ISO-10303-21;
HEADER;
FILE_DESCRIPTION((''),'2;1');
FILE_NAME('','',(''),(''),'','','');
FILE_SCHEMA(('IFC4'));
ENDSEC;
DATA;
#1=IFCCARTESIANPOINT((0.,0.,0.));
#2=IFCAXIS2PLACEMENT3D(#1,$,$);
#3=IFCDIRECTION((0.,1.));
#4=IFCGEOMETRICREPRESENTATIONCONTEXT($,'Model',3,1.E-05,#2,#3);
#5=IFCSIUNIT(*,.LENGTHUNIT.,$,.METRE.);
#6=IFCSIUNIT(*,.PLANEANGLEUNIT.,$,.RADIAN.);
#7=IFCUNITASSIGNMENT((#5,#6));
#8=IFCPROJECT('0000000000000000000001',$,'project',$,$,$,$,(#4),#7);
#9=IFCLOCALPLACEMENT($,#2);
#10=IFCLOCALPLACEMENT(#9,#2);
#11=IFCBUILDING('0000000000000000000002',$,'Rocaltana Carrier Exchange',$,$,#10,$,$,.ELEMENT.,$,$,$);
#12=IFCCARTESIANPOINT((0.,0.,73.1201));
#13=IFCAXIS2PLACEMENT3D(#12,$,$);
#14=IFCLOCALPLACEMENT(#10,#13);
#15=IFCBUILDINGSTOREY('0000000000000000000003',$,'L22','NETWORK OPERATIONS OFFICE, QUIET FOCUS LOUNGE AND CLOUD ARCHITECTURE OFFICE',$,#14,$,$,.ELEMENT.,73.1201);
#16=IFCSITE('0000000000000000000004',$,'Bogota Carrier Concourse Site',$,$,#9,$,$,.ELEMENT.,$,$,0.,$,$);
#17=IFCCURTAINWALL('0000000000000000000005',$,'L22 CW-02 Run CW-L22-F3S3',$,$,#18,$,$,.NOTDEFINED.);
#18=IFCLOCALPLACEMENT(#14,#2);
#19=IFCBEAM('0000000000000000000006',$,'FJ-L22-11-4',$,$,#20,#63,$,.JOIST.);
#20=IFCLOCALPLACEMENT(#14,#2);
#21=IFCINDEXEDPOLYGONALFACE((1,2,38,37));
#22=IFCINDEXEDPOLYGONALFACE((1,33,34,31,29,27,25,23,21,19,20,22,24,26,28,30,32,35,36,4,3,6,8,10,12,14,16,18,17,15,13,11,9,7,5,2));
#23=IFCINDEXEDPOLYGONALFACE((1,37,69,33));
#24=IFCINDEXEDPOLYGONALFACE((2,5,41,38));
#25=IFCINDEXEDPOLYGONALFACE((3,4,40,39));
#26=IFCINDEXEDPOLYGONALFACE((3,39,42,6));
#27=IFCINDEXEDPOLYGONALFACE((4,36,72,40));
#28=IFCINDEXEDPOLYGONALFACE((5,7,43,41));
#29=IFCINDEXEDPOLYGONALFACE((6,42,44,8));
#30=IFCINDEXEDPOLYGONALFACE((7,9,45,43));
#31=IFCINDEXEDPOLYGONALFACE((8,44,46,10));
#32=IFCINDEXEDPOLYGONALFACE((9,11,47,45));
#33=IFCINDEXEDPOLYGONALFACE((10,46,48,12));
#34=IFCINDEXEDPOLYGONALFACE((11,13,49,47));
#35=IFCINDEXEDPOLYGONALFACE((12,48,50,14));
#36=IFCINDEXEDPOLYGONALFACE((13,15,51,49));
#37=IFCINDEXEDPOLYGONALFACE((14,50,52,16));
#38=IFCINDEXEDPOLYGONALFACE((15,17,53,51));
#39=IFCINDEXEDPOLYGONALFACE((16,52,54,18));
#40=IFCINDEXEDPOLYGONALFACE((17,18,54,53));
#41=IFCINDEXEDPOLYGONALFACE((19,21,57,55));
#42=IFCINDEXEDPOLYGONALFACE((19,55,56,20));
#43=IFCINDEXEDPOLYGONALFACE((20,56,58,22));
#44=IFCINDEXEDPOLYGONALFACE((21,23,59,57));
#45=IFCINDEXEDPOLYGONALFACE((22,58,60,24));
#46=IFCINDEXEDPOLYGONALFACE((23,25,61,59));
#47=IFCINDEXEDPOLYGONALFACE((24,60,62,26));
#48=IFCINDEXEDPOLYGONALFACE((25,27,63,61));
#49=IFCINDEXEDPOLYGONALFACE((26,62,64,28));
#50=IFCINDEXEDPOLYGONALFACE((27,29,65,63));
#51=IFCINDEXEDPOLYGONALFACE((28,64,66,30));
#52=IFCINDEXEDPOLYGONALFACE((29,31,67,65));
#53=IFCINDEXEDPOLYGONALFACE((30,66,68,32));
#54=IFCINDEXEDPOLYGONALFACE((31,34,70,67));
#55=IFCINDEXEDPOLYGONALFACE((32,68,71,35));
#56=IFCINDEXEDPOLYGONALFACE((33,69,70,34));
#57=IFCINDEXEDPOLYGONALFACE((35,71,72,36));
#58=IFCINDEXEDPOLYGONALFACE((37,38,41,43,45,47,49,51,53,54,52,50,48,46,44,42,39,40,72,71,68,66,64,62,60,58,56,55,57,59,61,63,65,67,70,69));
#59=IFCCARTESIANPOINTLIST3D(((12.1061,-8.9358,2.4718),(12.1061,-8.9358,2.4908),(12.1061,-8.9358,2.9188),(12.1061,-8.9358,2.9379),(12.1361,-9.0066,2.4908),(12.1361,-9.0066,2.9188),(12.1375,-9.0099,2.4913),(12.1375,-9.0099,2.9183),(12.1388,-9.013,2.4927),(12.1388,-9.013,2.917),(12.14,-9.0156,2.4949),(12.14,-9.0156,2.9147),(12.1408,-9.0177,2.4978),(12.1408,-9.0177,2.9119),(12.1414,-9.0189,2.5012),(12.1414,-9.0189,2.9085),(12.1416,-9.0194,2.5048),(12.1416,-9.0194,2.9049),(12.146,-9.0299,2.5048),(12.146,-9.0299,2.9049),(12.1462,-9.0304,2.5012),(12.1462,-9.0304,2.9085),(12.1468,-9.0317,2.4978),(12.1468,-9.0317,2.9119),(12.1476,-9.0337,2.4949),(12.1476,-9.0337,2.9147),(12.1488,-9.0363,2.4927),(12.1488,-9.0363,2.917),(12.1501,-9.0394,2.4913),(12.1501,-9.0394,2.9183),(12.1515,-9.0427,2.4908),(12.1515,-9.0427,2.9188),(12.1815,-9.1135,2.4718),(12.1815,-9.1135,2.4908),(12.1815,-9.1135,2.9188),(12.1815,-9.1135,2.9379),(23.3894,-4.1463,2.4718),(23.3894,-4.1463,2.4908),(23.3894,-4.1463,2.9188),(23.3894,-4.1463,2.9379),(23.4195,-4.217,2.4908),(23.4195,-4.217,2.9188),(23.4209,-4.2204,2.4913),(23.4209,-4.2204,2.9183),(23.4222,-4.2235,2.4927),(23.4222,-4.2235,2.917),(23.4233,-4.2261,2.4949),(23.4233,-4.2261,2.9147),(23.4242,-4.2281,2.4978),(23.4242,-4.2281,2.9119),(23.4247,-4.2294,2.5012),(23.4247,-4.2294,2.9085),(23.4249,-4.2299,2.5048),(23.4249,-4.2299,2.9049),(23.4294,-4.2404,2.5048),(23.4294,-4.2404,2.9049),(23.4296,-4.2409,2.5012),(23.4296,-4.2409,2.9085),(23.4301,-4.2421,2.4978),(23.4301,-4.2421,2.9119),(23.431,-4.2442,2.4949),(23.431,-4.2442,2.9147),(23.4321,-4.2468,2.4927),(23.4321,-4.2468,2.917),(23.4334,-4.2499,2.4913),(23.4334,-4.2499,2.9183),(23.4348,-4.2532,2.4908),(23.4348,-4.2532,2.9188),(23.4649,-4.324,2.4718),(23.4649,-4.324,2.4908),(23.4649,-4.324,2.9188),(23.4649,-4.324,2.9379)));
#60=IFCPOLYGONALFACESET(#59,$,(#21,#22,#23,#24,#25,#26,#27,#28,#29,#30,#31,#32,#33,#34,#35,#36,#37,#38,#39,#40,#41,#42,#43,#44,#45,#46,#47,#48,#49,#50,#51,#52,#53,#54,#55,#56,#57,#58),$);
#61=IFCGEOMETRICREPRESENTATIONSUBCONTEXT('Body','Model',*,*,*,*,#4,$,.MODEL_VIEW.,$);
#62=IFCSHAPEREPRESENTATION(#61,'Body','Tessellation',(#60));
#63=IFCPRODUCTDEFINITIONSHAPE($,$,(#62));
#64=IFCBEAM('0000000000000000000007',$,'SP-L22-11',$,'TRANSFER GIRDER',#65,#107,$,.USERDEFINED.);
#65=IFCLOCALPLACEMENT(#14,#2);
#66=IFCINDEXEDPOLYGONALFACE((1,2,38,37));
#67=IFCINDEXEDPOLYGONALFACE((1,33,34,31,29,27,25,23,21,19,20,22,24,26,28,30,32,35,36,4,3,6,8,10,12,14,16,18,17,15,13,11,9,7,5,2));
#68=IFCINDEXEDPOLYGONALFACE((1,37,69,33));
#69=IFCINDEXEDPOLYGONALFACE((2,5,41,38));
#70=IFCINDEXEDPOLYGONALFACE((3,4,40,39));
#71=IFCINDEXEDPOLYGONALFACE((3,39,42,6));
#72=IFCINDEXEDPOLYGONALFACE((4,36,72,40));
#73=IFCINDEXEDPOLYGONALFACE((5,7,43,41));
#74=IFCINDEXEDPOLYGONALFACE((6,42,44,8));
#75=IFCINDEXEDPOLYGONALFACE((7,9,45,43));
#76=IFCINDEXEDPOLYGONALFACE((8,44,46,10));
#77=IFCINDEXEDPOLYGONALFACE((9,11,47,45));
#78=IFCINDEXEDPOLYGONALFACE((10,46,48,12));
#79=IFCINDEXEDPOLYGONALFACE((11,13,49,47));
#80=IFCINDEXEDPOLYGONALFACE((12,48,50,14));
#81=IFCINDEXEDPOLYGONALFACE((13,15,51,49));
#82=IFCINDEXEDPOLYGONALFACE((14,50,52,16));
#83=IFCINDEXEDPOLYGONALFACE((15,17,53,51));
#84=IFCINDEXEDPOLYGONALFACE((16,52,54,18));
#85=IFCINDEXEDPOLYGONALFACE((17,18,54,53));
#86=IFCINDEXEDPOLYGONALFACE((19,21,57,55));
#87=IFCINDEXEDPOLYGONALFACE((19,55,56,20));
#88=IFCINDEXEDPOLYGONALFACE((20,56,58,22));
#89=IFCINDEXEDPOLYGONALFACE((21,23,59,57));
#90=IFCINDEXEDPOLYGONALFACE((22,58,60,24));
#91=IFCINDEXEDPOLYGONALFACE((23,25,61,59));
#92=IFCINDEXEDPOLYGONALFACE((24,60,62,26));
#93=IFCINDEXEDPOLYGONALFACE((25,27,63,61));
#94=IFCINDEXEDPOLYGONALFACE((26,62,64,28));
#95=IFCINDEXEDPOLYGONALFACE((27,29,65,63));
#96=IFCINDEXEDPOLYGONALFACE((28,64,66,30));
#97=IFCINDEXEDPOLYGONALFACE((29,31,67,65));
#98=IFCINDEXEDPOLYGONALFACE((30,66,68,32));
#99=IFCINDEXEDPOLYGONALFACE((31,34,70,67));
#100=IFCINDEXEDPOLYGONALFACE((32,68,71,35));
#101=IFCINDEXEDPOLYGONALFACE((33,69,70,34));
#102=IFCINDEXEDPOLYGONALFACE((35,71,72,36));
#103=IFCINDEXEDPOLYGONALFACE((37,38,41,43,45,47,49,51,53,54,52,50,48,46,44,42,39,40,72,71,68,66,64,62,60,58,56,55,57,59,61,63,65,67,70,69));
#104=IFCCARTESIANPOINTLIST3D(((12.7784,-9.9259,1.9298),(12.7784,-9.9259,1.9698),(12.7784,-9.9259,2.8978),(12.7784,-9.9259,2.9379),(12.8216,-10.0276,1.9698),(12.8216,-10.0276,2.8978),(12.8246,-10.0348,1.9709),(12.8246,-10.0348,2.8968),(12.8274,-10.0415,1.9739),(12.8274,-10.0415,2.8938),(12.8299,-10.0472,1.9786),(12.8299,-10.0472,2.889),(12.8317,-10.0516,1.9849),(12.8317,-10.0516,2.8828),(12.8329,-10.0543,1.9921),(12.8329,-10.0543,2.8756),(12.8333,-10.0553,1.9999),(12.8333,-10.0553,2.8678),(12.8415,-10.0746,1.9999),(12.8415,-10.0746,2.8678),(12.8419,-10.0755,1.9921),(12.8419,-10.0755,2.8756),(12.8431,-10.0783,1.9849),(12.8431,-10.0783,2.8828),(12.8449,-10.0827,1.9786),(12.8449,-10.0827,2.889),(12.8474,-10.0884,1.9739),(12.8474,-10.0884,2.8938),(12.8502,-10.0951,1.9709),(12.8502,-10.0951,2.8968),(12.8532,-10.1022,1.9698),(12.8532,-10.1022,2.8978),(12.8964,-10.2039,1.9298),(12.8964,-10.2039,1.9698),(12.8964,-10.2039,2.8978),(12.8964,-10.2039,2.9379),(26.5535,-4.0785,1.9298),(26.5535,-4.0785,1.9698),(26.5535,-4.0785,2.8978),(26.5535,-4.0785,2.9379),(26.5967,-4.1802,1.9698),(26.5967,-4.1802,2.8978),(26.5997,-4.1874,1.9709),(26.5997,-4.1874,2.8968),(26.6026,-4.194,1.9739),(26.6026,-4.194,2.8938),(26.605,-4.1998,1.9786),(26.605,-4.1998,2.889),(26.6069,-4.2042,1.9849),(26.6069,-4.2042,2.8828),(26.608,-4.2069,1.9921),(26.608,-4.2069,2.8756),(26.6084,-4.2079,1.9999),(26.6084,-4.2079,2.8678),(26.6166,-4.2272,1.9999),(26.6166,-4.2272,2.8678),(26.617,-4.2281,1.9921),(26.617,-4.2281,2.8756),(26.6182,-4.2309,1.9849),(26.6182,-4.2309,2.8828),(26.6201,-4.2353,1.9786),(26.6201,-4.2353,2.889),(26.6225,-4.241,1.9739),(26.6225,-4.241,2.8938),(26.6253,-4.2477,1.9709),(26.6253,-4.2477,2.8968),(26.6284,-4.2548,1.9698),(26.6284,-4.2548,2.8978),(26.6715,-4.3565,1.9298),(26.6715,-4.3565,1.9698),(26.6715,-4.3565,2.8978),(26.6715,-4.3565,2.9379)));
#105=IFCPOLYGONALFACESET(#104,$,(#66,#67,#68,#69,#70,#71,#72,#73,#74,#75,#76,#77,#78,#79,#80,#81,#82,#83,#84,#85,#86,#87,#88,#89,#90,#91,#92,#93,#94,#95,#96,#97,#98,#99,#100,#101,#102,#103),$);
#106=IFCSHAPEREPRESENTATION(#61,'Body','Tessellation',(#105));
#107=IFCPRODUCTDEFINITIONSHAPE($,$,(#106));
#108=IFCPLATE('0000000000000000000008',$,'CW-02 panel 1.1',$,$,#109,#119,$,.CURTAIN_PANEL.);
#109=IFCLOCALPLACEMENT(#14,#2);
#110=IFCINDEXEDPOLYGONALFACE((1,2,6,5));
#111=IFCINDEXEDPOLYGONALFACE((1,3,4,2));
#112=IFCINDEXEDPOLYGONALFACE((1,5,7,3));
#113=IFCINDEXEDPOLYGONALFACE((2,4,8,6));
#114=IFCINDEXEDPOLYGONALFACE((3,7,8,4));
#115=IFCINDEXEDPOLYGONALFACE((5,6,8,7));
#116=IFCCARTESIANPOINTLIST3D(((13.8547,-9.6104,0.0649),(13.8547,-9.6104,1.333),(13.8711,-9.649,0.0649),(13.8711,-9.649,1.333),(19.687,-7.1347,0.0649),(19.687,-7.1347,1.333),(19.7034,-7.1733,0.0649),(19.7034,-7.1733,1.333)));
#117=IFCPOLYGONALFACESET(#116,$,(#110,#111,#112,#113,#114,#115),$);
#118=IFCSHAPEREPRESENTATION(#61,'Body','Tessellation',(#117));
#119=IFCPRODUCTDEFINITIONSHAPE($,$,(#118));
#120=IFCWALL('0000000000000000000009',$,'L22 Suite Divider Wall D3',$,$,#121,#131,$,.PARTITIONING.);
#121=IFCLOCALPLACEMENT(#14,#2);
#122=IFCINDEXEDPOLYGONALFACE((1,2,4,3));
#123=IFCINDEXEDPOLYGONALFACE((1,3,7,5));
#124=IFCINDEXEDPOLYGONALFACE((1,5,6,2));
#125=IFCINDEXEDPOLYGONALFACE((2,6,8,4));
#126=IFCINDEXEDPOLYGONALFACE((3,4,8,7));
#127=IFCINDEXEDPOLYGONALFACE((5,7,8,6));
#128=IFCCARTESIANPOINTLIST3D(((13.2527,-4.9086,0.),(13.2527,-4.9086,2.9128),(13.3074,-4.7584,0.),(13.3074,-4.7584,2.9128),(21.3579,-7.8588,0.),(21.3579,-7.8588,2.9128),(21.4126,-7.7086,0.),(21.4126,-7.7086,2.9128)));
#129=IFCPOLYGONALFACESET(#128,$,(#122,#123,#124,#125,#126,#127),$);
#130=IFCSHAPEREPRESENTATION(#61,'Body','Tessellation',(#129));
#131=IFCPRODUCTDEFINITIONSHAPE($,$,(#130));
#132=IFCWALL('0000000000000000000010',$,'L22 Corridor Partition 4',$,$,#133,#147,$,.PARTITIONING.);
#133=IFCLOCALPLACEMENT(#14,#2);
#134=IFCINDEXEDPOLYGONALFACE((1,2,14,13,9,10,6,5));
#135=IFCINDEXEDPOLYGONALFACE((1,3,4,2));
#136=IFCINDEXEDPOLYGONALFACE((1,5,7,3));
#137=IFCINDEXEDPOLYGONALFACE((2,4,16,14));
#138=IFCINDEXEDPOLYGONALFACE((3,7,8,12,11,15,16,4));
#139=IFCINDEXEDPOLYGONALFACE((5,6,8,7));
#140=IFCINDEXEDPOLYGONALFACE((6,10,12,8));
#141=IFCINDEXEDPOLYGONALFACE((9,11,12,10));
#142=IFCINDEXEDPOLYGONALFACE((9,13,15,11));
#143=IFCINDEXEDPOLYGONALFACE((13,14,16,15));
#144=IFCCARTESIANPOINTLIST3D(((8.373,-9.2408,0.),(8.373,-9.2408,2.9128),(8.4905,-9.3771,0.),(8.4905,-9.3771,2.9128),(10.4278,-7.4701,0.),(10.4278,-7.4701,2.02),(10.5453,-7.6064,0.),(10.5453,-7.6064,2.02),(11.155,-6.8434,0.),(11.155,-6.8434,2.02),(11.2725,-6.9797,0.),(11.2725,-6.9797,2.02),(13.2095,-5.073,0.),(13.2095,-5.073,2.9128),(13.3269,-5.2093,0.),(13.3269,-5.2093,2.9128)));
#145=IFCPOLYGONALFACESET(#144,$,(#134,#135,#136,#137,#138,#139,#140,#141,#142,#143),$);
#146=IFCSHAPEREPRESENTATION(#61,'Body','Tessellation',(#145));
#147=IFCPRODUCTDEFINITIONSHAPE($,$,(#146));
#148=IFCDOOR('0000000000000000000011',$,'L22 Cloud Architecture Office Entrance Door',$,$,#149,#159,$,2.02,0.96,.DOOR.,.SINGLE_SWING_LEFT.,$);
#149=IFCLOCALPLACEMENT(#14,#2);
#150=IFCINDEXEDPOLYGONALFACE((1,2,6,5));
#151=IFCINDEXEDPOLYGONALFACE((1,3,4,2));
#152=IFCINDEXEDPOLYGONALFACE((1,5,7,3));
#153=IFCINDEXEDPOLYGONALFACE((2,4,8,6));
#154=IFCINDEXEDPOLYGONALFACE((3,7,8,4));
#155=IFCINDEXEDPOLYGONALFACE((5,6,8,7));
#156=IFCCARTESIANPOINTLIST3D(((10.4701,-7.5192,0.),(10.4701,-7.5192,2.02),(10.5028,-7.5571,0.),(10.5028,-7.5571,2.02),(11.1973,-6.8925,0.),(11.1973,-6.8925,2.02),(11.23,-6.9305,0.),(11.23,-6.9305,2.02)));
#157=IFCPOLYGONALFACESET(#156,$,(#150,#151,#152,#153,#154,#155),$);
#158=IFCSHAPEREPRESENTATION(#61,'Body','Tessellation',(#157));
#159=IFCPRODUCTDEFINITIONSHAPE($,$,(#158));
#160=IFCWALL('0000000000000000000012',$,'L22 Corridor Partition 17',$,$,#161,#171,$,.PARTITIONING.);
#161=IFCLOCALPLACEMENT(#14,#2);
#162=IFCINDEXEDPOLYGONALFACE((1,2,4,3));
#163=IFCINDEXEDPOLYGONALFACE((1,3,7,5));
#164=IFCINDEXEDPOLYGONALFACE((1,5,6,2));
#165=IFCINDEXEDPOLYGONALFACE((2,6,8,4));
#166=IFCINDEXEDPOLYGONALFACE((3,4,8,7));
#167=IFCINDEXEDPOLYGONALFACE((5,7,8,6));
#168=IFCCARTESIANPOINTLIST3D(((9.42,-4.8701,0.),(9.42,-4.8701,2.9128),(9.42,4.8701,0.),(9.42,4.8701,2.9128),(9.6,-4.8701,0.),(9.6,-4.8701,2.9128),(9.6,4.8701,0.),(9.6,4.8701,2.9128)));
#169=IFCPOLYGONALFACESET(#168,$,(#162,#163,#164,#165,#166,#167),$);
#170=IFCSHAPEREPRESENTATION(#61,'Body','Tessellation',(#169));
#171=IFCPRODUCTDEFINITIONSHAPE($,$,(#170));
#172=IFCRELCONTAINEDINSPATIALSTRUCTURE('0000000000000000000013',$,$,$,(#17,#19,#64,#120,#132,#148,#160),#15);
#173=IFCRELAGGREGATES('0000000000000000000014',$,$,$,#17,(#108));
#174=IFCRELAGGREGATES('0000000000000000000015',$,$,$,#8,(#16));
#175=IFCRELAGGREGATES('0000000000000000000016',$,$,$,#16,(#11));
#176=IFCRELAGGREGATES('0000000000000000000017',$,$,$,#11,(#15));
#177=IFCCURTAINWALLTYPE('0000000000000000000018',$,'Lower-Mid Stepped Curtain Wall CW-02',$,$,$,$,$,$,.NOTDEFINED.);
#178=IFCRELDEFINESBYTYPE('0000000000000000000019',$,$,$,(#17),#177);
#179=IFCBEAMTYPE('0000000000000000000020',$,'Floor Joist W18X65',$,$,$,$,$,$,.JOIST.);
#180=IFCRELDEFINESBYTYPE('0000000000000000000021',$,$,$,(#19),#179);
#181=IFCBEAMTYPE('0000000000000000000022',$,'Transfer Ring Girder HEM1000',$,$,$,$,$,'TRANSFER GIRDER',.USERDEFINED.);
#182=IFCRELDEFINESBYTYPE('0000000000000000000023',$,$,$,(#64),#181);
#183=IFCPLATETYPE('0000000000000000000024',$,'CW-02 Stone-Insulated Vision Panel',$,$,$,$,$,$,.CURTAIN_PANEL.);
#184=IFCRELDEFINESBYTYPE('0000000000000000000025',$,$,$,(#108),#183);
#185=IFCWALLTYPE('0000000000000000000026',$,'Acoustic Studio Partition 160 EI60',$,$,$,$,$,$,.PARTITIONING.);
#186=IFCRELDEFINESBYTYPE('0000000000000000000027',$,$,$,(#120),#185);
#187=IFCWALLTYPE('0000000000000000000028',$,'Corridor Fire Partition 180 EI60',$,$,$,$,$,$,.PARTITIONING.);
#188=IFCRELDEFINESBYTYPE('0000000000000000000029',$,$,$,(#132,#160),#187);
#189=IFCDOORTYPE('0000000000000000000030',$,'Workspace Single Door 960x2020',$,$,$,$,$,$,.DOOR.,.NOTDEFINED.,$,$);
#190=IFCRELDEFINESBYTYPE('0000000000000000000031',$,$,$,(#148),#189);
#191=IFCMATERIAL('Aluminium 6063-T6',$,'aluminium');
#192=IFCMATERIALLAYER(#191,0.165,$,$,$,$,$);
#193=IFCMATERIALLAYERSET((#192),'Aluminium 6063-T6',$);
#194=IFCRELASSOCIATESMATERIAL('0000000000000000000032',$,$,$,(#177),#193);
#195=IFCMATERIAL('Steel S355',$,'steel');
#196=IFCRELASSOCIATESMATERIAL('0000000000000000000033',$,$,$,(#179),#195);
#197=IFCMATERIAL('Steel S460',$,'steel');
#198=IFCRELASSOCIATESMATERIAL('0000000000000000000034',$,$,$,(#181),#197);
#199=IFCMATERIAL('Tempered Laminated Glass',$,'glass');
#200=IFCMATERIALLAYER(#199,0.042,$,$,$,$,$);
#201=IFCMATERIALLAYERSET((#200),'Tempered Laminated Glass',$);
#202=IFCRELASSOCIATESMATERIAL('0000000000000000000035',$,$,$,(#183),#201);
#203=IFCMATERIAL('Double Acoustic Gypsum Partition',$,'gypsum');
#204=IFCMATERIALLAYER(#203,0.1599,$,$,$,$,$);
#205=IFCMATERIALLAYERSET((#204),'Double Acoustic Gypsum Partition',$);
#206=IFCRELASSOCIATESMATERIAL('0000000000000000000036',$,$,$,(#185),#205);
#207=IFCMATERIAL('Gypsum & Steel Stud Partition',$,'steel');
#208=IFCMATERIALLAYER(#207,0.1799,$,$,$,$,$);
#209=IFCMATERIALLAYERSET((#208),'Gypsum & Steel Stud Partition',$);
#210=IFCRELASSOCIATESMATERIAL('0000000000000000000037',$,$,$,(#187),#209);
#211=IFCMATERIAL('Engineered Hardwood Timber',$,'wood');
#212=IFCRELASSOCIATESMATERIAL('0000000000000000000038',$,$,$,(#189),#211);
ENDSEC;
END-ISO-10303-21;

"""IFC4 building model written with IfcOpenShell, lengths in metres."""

from ifc_helpers import new_model, si_unit, direction, frame, frame_2d, origin, origin_2d, place, context, subcontext, project, spatial, rectangle, i_section, extrude, material, layer, layer_set, material_profile, profile_set, type_object, element, fill, aggregate, save


model = new_model("IFC4")

# Units and contexts
model_context = context("Model", 3, precision=1e-05, world=origin(), true_north=direction((0.0, 1.0)))
body_context = subcontext(model_context, "Body", "Model", "MODEL_VIEW")
ifc_project = project(units=[si_unit("LENGTHUNIT", "METRE"), si_unit("PLANEANGLEUNIT", "RADIAN")], contexts=[model_context])

# Site, building, storey
site_placement = place(None, origin())
site = spatial("IfcSite", under=ifc_project, at=site_placement, Name="Bogota Carrier Concourse Site", CompositionType="ELEMENT", RefElevation=0.0)
building_placement = place(site_placement, origin())
building = spatial("IfcBuilding", under=site, at=building_placement, Name="Rocaltana Carrier Exchange", CompositionType="ELEMENT")
storey_placement = place(building_placement, frame((0.0, 0.0, 73.1201)))
storey = spatial("IfcBuildingStorey", under=building, at=storey_placement, Name="L22", Description="NETWORK OPERATIONS OFFICE, QUIET FOCUS LOUNGE AND CLOUD ARCHITECTURE OFFICE", CompositionType="ELEMENT", Elevation=73.1201)

# Shared definitions
ifc_material_1 = material(Name="Aluminium 6063-T6", Category="aluminium")
ifc_layer_1 = layer(ifc_material_1, 0.165)
ifc_layer_set_1 = layer_set([ifc_layer_1], Name="Aluminium 6063-T6")
curtain_wall_type = type_object("IfcCurtainWallType", Name="Lower-Mid Stepped Curtain Wall CW-02", PredefinedType="NOTDEFINED", material=ifc_layer_set_1)

# Curtain wall
curtain_wall_1_placement = place(storey_placement, origin())
curtain_wall_1 = element("IfcCurtainWall", 1, at=curtain_wall_1_placement, inside=storey, type_object=curtain_wall_type, Name="L22 CW-02 Run CW-L22-F3S3", PredefinedType="NOTDEFINED")

# Beams
ifc_material_2 = material(Name="Steel S355", Category="steel")
ifc_material_profile_1 = material_profile(ifc_material_2, i_section(OverallWidth=0.1931, OverallDepth=0.4661, WebThickness=0.0115, FlangeThickness=0.019, FilletRadius=0.0139, at=origin_2d()), Name="W18X65")
ifc_profile_set_1 = profile_set([ifc_material_profile_1], Name="Steel S355")
beam_type_1 = type_object("IfcBeamType", Name="Floor Joist W18X65", PredefinedType="JOIST", material=ifc_profile_set_1)
beam_1_placement = place(storey_placement, frame((12.1438, -9.0247, 2.7048), z_axis=(0.920505, 0.390732, 0.0), x_axis=(-0.390732, 0.920505, 0.0)))
element("IfcBeam", 2, at=beam_1_placement, inside=storey, type_object=beam_type_1, Name="FJ-L22-11-4", PredefinedType="JOIST", context=body_context, shape_type="SweptSolid", body=[
    extrude(i_section(OverallWidth=0.1931, OverallDepth=0.4661, WebThickness=0.0115, FlangeThickness=0.019, FilletRadius=0.0139, at=origin_2d()), origin(), (0.0, 0.0, 1.0), 12.2578),
])
ifc_material_3 = material(Name="Steel S460", Category="steel")
ifc_material_profile_2 = material_profile(ifc_material_3, i_section(OverallWidth=0.302, OverallDepth=1.0081, WebThickness=0.021, FlangeThickness=0.04, FilletRadius=0.03, at=origin_2d()), Name="HEM1000")
ifc_profile_set_2 = profile_set([ifc_material_profile_2], Name="Steel S460")
beam_type_2 = type_object("IfcBeamType", Name="Transfer Ring Girder HEM1000", ElementType="TRANSFER GIRDER", PredefinedType="USERDEFINED", material=ifc_profile_set_2)
beam_2_placement = place(storey_placement, frame((12.8374, -10.0649, 2.4338), z_axis=(0.9205, 0.390743, 0.0), x_axis=(-0.390743, 0.9205, 0.0)))
element("IfcBeam", 3, at=beam_2_placement, inside=storey, type_object=beam_type_2, Name="SP-L22-11", ObjectType="TRANSFER GIRDER", PredefinedType="USERDEFINED", context=body_context, shape_type="SweptSolid", body=[
    extrude(i_section(OverallWidth=0.302, OverallDepth=1.0081, WebThickness=0.021, FlangeThickness=0.04, FilletRadius=0.03, at=origin_2d()), origin(), (0.0, 0.0, 1.0), 14.9648),
])

# Plate
ifc_material_4 = material(Name="Tempered Laminated Glass", Category="glass")
ifc_layer_2 = layer(ifc_material_4, 0.042)
ifc_layer_set_2 = layer_set([ifc_layer_2], Name="Tempered Laminated Glass")
plate_type = type_object("IfcPlateType", Name="CW-02 Stone-Insulated Vision Panel", PredefinedType="CURTAIN_PANEL", material=ifc_layer_set_2)
plate_placement = place(storey_placement, frame((16.7791, -8.3918, 0.0649), z_axis=(0.0, 0.0, 1.0), x_axis=(0.920503, 0.390735, 0.0)))
plate = element("IfcPlate", 4, at=plate_placement, type_object=plate_type, Name="CW-02 panel 1.1", PredefinedType="CURTAIN_PANEL", context=body_context, shape_type="SweptSolid", body=[
    extrude(rectangle(XDim=6.3359, YDim=0.042, at=origin_2d()), origin(), (0.0, 0.0, 1.0), 1.2681),
])
aggregate(curtain_wall_1, [plate])

# Wall
ifc_material_5 = material(Name="Double Acoustic Gypsum Partition", Category="gypsum")
ifc_layer_3 = layer(ifc_material_5, 0.1599)
ifc_layer_set_3 = layer_set([ifc_layer_3], Name="Double Acoustic Gypsum Partition")
wall_type_1 = type_object("IfcWallType", Name="Acoustic Studio Partition 160 EI60", PredefinedType="PARTITIONING", material=ifc_layer_set_3)
wall_1_placement = place(storey_placement, frame((13.28, -4.8335, 0.0), z_axis=(0.0, 0.0, 1.0), x_axis=(0.939688, -0.342034, 0.0)))
element("IfcWall", 5, at=wall_1_placement, inside=storey, type_object=wall_type_1, Name="L22 Suite Divider Wall D3", PredefinedType="PARTITIONING", context=body_context, shape_type="SweptSolid", body=[
    extrude(rectangle(XDim=8.6255, YDim=0.1599, at=frame_2d((4.3127, 0.0))), origin(), (0.0, 0.0, 1.0), 2.9128),
])

# Wall, opening, door
ifc_material_6 = material(Name="Gypsum & Steel Stud Partition", Category="steel")
ifc_layer_4 = layer(ifc_material_6, 0.1799)
ifc_layer_set_4 = layer_set([ifc_layer_4], Name="Gypsum & Steel Stud Partition")
wall_type_2 = type_object("IfcWallType", Name="Corridor Fire Partition 180 EI60", PredefinedType="PARTITIONING", material=ifc_layer_set_4)
wall_2_placement = place(storey_placement, frame((13.2683, -5.1411, 0.0), z_axis=(0.0, 0.0, 1.0), x_axis=(-0.757535, -0.652795, 0.0)))
wall_2 = element("IfcWall", 6, at=wall_2_placement, inside=storey, type_object=wall_type_2, Name="L22 Corridor Partition 4", PredefinedType="PARTITIONING", context=body_context, shape_type="SweptSolid", body=[
    extrude(rectangle(XDim=6.3845, YDim=0.1799, at=frame_2d((3.1924, 0.0))), origin(), (0.0, 0.0, 1.0), 2.9128),
])
opening_placement = place(wall_2_placement, frame((2.7122, 0.0, 0.0)))
opening = element("IfcOpeningElement", 7, at=opening_placement, cuts=wall_2, PredefinedType="OPENING", context=body_context, shape_type="SweptSolid", body=[
    extrude(rectangle(XDim=0.96, YDim=2.02, at=frame_2d((0.48, 1.01))), frame((0.0, 0.0999, 0.0), z_axis=(0.0, -1.0, 0.0), x_axis=(1.0, 0.0, 0.0)), (0.0, 0.0, 1.0), 0.2),
])
ifc_material_7 = material(Name="Engineered Hardwood Timber", Category="wood")
door_type = type_object("IfcDoorType", Name="Workspace Single Door 960x2020", OperationType="NOTDEFINED", PredefinedType="DOOR", material=ifc_material_7)
door_placement = place(opening_placement, origin())
door = element("IfcDoor", 8, at=door_placement, inside=storey, type_object=door_type, Name="L22 Cloud Architecture Office Entrance Door", OperationType="SINGLE_SWING_LEFT", OverallHeight=2.02, OverallWidth=0.96, PredefinedType="DOOR", context=body_context, shape_type="SweptSolid", body=[
    extrude(rectangle(XDim=0.96, YDim=2.02, at=frame_2d((0.48, 1.01))), frame((0.0, 0.0249, 0.0), z_axis=(0.0, -1.0, 0.0), x_axis=(1.0, 0.0, 0.0)), (0.0, 0.0, 1.0), 0.05),
])
fill(opening, door)

# Wall
wall_3_placement = place(storey_placement, frame((9.51, -4.8701, 0.0), z_axis=(0.0, 0.0, 1.0), x_axis=(0.0, 1.0, 0.0)))
element("IfcWall", 9, at=wall_3_placement, inside=storey, type_object=wall_type_2, Name="L22 Corridor Partition 17", PredefinedType="PARTITIONING", context=body_context, shape_type="SweptSolid", body=[
    extrude(rectangle(XDim=9.7402, YDim=0.1799, at=frame_2d((4.8701, 0.0))), origin(), (0.0, 0.0, 1.0), 2.9128),
])

save(model, "model.ifc")
